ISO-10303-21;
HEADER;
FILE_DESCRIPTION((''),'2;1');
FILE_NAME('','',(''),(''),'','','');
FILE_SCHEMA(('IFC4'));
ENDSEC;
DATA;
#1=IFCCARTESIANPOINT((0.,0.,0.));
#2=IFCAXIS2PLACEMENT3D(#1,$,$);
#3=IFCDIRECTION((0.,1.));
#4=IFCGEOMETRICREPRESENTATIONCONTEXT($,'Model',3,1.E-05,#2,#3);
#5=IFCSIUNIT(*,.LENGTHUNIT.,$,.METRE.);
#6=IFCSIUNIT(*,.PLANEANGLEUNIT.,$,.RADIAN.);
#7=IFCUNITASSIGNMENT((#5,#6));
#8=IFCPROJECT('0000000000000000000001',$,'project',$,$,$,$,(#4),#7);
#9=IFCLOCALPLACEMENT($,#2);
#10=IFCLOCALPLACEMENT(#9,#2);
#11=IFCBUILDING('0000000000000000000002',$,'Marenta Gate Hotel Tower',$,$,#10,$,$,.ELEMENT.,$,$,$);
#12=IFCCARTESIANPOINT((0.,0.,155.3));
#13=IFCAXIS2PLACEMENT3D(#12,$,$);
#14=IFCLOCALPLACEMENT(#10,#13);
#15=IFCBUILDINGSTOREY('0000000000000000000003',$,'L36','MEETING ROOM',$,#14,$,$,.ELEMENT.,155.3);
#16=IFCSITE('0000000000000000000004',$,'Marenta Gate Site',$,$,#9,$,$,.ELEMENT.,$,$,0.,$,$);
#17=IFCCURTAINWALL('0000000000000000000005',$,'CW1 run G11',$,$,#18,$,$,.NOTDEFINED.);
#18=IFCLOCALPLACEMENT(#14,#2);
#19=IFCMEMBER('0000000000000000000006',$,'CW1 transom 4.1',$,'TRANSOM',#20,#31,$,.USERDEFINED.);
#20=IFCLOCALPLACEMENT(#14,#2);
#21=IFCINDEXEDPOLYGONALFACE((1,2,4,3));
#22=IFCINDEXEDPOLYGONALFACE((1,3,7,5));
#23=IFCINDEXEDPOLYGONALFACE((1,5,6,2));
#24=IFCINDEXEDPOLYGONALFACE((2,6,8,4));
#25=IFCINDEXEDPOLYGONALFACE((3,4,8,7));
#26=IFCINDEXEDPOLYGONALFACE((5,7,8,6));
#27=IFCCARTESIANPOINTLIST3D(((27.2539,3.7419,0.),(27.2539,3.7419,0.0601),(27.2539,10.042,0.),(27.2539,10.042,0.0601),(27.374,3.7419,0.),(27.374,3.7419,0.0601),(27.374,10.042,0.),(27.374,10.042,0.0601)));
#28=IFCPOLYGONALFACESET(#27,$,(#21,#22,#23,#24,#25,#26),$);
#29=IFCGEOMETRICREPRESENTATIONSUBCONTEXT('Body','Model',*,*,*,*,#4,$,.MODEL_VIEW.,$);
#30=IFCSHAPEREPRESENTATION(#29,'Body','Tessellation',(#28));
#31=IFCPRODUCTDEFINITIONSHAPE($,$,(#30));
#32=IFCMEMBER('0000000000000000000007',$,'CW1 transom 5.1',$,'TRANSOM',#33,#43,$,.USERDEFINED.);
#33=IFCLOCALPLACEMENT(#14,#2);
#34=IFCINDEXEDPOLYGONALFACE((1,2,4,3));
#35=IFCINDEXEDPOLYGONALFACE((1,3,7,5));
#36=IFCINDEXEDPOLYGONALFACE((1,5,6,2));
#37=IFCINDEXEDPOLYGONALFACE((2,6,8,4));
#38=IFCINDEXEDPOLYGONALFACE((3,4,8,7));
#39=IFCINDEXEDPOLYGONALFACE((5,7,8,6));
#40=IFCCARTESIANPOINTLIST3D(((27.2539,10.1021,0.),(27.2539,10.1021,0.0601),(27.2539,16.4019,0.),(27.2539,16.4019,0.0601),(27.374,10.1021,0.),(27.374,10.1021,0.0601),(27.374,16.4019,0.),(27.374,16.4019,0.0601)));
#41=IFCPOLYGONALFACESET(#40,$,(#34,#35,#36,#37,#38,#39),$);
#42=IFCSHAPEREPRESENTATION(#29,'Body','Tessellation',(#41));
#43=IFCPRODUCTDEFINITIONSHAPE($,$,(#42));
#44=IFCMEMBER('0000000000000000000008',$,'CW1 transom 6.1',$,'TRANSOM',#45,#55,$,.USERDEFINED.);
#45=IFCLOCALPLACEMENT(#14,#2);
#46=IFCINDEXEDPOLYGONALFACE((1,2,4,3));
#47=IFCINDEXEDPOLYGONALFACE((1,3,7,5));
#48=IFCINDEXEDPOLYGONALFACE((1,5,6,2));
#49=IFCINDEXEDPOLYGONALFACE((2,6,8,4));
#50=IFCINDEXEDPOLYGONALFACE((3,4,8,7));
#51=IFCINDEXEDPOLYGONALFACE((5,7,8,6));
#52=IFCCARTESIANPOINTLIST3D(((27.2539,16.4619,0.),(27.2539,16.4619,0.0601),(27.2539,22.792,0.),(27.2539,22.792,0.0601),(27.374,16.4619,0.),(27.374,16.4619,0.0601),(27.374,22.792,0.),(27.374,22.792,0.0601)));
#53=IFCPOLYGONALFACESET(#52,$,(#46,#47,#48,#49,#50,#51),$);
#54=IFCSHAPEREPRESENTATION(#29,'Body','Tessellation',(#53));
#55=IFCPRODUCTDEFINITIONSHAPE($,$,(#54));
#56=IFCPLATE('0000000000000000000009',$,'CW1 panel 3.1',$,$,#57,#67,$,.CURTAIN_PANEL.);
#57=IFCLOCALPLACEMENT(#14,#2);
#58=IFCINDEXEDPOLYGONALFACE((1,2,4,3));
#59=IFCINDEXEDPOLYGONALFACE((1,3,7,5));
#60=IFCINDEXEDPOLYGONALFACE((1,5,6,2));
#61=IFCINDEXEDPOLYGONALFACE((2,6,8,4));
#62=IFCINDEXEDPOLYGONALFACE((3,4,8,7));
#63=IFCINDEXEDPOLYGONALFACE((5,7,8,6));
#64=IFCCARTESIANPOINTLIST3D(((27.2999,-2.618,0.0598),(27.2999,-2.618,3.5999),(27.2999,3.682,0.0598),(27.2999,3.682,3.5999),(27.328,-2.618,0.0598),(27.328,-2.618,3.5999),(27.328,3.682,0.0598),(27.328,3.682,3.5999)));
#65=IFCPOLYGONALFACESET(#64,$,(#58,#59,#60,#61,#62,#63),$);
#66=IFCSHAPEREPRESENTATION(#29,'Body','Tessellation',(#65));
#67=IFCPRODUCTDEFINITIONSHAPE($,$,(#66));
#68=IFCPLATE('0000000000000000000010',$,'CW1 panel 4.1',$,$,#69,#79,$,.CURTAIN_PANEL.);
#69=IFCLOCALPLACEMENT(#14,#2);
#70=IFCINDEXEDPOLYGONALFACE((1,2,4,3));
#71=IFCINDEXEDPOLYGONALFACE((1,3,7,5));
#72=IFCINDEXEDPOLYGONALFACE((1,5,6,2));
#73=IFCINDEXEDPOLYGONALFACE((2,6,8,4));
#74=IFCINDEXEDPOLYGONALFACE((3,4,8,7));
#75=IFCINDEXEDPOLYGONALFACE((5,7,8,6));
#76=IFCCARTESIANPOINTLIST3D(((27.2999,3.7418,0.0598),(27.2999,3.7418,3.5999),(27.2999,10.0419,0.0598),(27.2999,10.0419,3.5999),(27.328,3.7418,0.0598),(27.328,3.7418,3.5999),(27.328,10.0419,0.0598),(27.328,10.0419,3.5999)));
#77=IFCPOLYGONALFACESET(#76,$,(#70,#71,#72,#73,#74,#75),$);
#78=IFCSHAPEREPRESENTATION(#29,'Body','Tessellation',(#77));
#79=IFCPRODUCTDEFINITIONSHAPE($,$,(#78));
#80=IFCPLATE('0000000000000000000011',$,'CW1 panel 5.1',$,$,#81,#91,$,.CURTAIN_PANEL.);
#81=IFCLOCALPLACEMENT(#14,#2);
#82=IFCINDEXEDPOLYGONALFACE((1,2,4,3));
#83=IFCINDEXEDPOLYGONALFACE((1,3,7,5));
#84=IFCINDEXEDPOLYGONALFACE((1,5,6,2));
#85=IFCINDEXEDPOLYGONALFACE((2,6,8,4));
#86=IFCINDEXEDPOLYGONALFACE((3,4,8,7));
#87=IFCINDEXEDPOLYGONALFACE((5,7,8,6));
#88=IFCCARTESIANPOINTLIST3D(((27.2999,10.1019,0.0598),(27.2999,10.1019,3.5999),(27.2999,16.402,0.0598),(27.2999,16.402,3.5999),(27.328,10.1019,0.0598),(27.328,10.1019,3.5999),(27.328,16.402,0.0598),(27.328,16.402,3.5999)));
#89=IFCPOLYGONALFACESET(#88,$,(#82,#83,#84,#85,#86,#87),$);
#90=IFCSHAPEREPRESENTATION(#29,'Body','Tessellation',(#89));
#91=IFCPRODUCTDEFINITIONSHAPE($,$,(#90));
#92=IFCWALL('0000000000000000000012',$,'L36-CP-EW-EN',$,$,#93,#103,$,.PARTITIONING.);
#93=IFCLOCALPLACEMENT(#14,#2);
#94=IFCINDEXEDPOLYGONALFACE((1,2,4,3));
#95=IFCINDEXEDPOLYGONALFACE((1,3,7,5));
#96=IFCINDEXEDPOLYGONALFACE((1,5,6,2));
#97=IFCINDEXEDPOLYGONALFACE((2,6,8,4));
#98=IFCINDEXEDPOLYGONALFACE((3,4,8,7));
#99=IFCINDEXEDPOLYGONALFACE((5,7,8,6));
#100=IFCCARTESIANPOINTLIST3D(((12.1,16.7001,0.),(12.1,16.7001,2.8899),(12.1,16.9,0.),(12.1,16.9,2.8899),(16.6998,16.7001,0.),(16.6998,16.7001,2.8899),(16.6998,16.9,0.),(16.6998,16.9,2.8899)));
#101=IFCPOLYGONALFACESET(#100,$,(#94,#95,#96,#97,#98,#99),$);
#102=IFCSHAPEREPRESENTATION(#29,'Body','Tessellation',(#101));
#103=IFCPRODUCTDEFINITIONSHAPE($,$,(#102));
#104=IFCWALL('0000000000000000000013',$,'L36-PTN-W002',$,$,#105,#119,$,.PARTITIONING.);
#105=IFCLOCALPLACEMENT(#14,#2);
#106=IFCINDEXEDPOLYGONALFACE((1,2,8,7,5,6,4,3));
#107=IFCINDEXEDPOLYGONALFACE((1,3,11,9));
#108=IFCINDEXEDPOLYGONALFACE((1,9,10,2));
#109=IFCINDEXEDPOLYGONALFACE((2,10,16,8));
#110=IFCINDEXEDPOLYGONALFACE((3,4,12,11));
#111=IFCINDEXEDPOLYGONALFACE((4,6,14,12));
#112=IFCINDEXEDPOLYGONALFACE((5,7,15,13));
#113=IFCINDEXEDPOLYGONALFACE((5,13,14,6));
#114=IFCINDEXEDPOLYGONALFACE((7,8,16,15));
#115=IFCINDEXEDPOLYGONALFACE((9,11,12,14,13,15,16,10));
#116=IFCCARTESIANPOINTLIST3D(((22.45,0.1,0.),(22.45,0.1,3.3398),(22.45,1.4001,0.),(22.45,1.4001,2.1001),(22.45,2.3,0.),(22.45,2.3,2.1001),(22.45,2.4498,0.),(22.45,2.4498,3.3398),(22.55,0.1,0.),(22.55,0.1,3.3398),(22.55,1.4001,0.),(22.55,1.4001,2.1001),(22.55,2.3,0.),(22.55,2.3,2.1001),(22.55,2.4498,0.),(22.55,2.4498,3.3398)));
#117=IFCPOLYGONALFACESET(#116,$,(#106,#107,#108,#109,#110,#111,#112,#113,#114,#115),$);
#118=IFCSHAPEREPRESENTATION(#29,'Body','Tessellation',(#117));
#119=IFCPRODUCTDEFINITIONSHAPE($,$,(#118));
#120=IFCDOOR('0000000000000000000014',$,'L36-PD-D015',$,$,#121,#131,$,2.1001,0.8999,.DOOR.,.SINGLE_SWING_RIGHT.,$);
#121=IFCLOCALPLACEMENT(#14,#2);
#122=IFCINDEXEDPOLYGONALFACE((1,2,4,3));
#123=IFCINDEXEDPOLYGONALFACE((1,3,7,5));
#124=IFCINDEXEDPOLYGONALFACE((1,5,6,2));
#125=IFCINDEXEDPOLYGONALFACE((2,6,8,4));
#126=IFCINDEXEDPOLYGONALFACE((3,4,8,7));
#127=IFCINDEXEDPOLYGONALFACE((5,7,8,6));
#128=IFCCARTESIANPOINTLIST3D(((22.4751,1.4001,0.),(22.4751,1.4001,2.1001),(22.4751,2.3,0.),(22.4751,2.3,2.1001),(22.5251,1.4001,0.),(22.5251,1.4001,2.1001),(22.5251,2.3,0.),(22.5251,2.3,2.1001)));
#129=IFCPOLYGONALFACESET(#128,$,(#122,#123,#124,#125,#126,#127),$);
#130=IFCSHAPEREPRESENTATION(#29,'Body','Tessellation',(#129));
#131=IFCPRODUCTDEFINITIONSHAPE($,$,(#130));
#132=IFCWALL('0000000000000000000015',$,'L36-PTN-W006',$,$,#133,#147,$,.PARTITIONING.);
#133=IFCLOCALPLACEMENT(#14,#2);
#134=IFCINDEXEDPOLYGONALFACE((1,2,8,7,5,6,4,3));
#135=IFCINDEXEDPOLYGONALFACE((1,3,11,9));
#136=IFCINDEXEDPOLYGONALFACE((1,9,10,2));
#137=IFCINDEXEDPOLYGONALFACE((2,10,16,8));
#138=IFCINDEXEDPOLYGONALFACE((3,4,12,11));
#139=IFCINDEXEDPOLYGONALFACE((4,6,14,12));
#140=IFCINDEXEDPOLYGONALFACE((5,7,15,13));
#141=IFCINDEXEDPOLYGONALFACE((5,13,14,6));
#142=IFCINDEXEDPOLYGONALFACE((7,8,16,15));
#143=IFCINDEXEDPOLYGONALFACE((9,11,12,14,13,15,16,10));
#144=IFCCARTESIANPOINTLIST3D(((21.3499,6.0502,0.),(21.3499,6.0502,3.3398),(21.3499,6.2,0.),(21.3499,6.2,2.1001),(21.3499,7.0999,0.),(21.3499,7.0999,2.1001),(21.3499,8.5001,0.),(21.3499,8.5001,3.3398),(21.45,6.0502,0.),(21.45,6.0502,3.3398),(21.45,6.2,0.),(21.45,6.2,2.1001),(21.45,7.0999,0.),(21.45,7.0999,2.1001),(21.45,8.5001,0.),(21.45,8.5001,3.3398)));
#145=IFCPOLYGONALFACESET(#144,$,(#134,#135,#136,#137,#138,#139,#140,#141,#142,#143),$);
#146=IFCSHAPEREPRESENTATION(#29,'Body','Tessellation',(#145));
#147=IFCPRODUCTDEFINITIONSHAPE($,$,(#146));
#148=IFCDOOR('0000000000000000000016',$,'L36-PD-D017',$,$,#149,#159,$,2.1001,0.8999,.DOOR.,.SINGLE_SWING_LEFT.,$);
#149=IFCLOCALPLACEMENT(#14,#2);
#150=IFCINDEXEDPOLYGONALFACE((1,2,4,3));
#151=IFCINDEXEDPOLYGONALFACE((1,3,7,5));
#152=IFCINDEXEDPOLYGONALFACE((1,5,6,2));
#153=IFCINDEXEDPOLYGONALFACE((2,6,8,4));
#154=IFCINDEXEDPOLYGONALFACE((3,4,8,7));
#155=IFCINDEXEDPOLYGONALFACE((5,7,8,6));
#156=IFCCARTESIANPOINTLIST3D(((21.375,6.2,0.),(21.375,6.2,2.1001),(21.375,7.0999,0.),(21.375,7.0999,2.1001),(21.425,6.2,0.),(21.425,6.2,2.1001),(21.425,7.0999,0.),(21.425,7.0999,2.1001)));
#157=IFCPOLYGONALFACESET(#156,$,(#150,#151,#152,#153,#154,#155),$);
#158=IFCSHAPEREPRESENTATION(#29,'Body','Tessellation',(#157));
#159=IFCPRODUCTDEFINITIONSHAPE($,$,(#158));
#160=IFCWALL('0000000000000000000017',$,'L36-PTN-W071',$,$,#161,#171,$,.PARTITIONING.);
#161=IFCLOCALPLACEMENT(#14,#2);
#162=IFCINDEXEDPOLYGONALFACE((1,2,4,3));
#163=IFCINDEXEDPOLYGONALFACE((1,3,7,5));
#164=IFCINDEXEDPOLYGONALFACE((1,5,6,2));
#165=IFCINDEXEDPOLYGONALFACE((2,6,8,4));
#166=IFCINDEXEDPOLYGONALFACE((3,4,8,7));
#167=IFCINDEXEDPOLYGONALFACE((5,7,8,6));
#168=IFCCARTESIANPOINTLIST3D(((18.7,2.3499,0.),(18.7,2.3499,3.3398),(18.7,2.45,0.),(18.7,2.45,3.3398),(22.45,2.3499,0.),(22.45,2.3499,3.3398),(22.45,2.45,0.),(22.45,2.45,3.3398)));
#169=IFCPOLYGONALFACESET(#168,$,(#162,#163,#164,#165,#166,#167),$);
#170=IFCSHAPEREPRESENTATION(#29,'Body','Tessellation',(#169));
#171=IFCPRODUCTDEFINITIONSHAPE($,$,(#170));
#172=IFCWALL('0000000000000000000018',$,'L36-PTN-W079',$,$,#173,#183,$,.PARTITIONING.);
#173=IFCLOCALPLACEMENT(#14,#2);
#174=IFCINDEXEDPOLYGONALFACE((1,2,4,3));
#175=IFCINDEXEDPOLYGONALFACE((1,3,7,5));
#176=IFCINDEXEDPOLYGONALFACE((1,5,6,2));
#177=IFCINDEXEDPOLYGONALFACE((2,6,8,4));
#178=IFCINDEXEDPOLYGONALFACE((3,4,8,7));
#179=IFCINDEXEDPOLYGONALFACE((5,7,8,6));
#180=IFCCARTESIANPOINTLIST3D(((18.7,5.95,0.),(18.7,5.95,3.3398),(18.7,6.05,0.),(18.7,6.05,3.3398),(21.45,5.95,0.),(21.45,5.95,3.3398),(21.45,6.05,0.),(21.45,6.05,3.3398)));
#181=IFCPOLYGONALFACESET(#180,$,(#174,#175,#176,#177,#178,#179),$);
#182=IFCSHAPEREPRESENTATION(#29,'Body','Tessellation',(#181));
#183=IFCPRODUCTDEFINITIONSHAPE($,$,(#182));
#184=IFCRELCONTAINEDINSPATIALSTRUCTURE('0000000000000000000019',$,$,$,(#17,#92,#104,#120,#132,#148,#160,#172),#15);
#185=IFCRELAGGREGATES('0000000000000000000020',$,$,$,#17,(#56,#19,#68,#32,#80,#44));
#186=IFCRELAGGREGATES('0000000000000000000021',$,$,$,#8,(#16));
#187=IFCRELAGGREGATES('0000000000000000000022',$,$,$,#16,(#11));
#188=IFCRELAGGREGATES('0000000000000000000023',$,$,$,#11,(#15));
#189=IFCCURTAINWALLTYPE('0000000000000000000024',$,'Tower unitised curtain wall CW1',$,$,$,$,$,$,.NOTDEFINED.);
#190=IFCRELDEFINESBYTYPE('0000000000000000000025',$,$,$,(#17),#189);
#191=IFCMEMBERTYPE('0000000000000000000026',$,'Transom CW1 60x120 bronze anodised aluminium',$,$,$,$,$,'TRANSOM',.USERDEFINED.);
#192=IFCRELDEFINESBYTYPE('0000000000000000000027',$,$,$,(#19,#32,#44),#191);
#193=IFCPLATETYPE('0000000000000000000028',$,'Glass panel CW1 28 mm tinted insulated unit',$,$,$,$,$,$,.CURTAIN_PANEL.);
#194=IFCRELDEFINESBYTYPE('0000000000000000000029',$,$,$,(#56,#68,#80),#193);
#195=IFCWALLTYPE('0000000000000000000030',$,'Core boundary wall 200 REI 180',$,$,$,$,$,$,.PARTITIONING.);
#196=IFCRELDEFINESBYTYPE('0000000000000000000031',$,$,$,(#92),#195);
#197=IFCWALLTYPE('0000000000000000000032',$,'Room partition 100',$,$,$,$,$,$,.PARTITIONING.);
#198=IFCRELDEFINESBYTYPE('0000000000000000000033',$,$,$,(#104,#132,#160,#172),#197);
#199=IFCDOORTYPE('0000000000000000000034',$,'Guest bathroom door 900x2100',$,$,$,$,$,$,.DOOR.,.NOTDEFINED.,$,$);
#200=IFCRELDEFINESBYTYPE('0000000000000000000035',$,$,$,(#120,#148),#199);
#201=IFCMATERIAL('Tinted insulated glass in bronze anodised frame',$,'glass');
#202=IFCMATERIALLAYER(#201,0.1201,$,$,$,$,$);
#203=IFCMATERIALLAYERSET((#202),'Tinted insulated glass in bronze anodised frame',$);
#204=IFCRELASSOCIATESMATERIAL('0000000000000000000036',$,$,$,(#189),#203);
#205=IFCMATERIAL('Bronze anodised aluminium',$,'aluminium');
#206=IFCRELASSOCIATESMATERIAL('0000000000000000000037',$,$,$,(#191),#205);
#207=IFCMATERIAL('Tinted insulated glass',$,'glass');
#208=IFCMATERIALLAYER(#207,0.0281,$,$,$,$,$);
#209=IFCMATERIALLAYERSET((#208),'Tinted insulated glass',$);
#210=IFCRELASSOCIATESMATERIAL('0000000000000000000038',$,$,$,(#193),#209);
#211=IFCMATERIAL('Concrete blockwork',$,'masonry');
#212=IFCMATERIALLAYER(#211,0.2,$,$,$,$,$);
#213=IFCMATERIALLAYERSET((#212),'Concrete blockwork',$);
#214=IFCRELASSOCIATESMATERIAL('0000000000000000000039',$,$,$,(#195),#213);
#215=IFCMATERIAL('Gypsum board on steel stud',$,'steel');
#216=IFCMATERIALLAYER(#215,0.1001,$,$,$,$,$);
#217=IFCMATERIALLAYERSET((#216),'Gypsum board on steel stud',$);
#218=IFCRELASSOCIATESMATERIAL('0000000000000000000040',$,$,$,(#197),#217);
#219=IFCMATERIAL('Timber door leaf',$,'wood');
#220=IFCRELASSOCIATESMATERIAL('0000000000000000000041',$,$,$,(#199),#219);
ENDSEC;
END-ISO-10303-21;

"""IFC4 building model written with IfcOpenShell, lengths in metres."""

from ifc_helpers import new_model, si_unit, direction, frame, frame_2d, origin, origin_2d, place, context, subcontext, project, spatial, rectangle, extrude, material, layer, layer_set, material_profile, profile_set, type_object, element, fill, aggregate, save


model = new_model("IFC4")

# Units and contexts
model_context = context("Model", 3, precision=1e-05, world=origin(), true_north=direction((0.0, 1.0)))
body_context = subcontext(model_context, "Body", "Model", "MODEL_VIEW")
ifc_project = project(units=[si_unit("LENGTHUNIT", "METRE"), si_unit("PLANEANGLEUNIT", "RADIAN")], contexts=[model_context])

# Site, building, storey
site_placement = place(None, origin())
site = spatial("IfcSite", under=ifc_project, at=site_placement, Name="Marenta Gate Site", CompositionType="ELEMENT", RefElevation=0.0)
building_placement = place(site_placement, origin())
building = spatial("IfcBuilding", under=site, at=building_placement, Name="Marenta Gate Hotel Tower", CompositionType="ELEMENT")
storey_placement = place(building_placement, frame((0.0, 0.0, 155.3)))
storey = spatial("IfcBuildingStorey", under=building, at=storey_placement, Name="L36", Description="MEETING ROOM", CompositionType="ELEMENT", Elevation=155.3)

# Curtain wall, members, plates
ifc_material_1 = material(Name="Tinted insulated glass in bronze anodised frame", Category="glass")
ifc_layer_1 = layer(ifc_material_1, 0.1201)
ifc_layer_set_1 = layer_set([ifc_layer_1], Name="Tinted insulated glass in bronze anodised frame")
curtain_wall_type = type_object("IfcCurtainWallType", Name="Tower unitised curtain wall CW1", PredefinedType="NOTDEFINED", material=ifc_layer_set_1)
curtain_wall_placement = place(storey_placement, origin())
curtain_wall = element("IfcCurtainWall", 1, at=curtain_wall_placement, inside=storey, type_object=curtain_wall_type, Name="CW1 run G11", PredefinedType="NOTDEFINED")
ifc_material_2 = material(Name="Bronze anodised aluminium", Category="aluminium")
ifc_material_profile_1 = material_profile(ifc_material_2, rectangle(XDim=0.1201, YDim=0.0601, at=origin_2d()), Name="Transom CW1 60x120 bronze anodised aluminium")
ifc_profile_set_1 = profile_set([ifc_material_profile_1], Name="Bronze anodised aluminium")
member_type_1 = type_object("IfcMemberType", Name="Transom CW1 60x120 bronze anodised aluminium", ElementType="TRANSOM", PredefinedType="USERDEFINED", material=ifc_profile_set_1)
member_1_placement = place(storey_placement, frame((27.314, 3.7419, 0.03), z_axis=(0.0, 1.0, 0.0), x_axis=(-1.0, 0.0, 0.0)))
member_1 = element("IfcMember", 2, at=member_1_placement, type_object=member_type_1, Name="CW1 transom 4.1", ObjectType="TRANSOM", PredefinedType="USERDEFINED", context=body_context, shape_type="SweptSolid", body=[
    extrude(rectangle(XDim=0.1201, YDim=0.0601, at=origin_2d()), origin(), (0.0, 0.0, 1.0), 6.3),
])
member_2_placement = place(storey_placement, frame((27.314, 10.1021, 0.03), z_axis=(0.0, 1.0, 0.0), x_axis=(-1.0, 0.0, 0.0)))
member_2 = element("IfcMember", 3, at=member_2_placement, type_object=member_type_1, Name="CW1 transom 5.1", ObjectType="TRANSOM", PredefinedType="USERDEFINED", context=body_context, shape_type="SweptSolid", body=[
    extrude(rectangle(XDim=0.1201, YDim=0.0601, at=origin_2d()), origin(), (0.0, 0.0, 1.0), 6.2998),
])
member_3_placement = place(storey_placement, frame((27.314, 16.4619, 0.03), z_axis=(0.0, 1.0, 0.0), x_axis=(-1.0, 0.0, 0.0)))
member_3 = element("IfcMember", 4, at=member_3_placement, type_object=member_type_1, Name="CW1 transom 6.1", ObjectType="TRANSOM", PredefinedType="USERDEFINED", context=body_context, shape_type="SweptSolid", body=[
    extrude(rectangle(XDim=0.1201, YDim=0.0601, at=origin_2d()), origin(), (0.0, 0.0, 1.0), 6.3301),
])
ifc_material_3 = material(Name="Tinted insulated glass", Category="glass")
ifc_layer_2 = layer(ifc_material_3, 0.0281)
ifc_layer_set_2 = layer_set([ifc_layer_2], Name="Tinted insulated glass")
plate_type = type_object("IfcPlateType", Name="Glass panel CW1 28 mm tinted insulated unit", PredefinedType="CURTAIN_PANEL", material=ifc_layer_set_2)
plate_1_placement = place(storey_placement, frame((27.314, 0.532, 0.0598), z_axis=(0.0, 0.0, 1.0), x_axis=(0.0, 1.0, 0.0)))
plate_1 = element("IfcPlate", 5, at=plate_1_placement, type_object=plate_type, Name="CW1 panel 3.1", PredefinedType="CURTAIN_PANEL", context=body_context, shape_type="SweptSolid", body=[
    extrude(rectangle(XDim=6.3, YDim=0.0281, at=origin_2d()), origin(), (0.0, 0.0, 1.0), 3.54),
])
plate_2_placement = place(storey_placement, frame((27.314, 6.8918, 0.0598), z_axis=(0.0, 0.0, 1.0), x_axis=(0.0, 1.0, 0.0)))
plate_2 = element("IfcPlate", 6, at=plate_2_placement, type_object=plate_type, Name="CW1 panel 4.1", PredefinedType="CURTAIN_PANEL", context=body_context, shape_type="SweptSolid", body=[
    extrude(rectangle(XDim=6.3, YDim=0.0281, at=origin_2d()), origin(), (0.0, 0.0, 1.0), 3.54),
])
plate_3_placement = place(storey_placement, frame((27.314, 13.252, 0.0598), z_axis=(0.0, 0.0, 1.0), x_axis=(0.0, 1.0, 0.0)))
plate_3 = element("IfcPlate", 7, at=plate_3_placement, type_object=plate_type, Name="CW1 panel 5.1", PredefinedType="CURTAIN_PANEL", context=body_context, shape_type="SweptSolid", body=[
    extrude(rectangle(XDim=6.3, YDim=0.0281, at=origin_2d()), origin(), (0.0, 0.0, 1.0), 3.54),
])
aggregate(curtain_wall, [plate_1, member_1, plate_2, member_2, plate_3, member_3])

# Wall
ifc_material_4 = material(Name="Concrete blockwork", Category="masonry")
ifc_layer_3 = layer(ifc_material_4, 0.2)
ifc_layer_set_3 = layer_set([ifc_layer_3], Name="Concrete blockwork")
wall_type_1 = type_object("IfcWallType", Name="Core boundary wall 200 REI 180", PredefinedType="PARTITIONING", material=ifc_layer_set_3)
wall_1_placement = place(storey_placement, frame((12.1001, 16.8, 0.0), z_axis=(0.0, 0.0, 1.0), x_axis=(1.0, 0.0, 0.0)))
element("IfcWall", 8, at=wall_1_placement, inside=storey, type_object=wall_type_1, Name="L36-CP-EW-EN", PredefinedType="PARTITIONING", context=body_context, shape_type="SweptSolid", body=[
    extrude(rectangle(XDim=4.5999, YDim=0.2, at=frame_2d((2.2998, 0.0))), origin(), (0.0, 0.0, 1.0), 2.8899),
])

# Walls, openings, doors
ifc_material_5 = material(Name="Gypsum board on steel stud", Category="steel")
ifc_layer_4 = layer(ifc_material_5, 0.1001)
ifc_layer_set_4 = layer_set([ifc_layer_4], Name="Gypsum board on steel stud")
wall_type_2 = type_object("IfcWallType", Name="Room partition 100", PredefinedType="PARTITIONING", material=ifc_layer_set_4)
wall_2_placement = place(storey_placement, frame((22.5, 0.1001, 0.0), z_axis=(0.0, 0.0, 1.0), x_axis=(0.0, 1.0, 0.0)))
wall_2 = element("IfcWall", 9, at=wall_2_placement, inside=storey, type_object=wall_type_2, Name="L36-PTN-W002", PredefinedType="PARTITIONING", context=body_context, shape_type="SweptSolid", body=[
    extrude(rectangle(XDim=2.3499, YDim=0.1001, at=frame_2d((1.1748, 0.0))), origin(), (0.0, 0.0, 1.0), 3.3398),
])
opening_1_placement = place(wall_2_placement, frame((1.3, 0.0, 0.0)))
opening_1 = element("IfcOpeningElement", 10, at=opening_1_placement, cuts=wall_2, PredefinedType="OPENING", context=body_context, shape_type="SweptSolid", body=[
    extrude(rectangle(XDim=0.8999, YDim=2.1001, at=frame_2d((0.45, 1.05))), frame((0.0, 0.05, 0.0), z_axis=(0.0, -1.0, 0.0), x_axis=(1.0, 0.0, 0.0)), (0.0, 0.0, 1.0), 0.1001),
])
ifc_material_6 = material(Name="Timber door leaf", Category="wood")
door_type = type_object("IfcDoorType", Name="Guest bathroom door 900x2100", OperationType="NOTDEFINED", PredefinedType="DOOR", material=ifc_material_6)
door_1_placement = place(opening_1_placement, origin())
door_1 = element("IfcDoor", 11, at=door_1_placement, inside=storey, type_object=door_type, Name="L36-PD-D015", OperationType="SINGLE_SWING_RIGHT", OverallHeight=2.1001, OverallWidth=0.8999, PredefinedType="DOOR", context=body_context, shape_type="SweptSolid", body=[
    extrude(rectangle(XDim=0.8999, YDim=2.1001, at=frame_2d((0.45, 1.05))), frame((0.0, 0.0249, 0.0), z_axis=(0.0, -1.0, 0.0), x_axis=(1.0, 0.0, 0.0)), (0.0, 0.0, 1.0), 0.05),
])
fill(opening_1, door_1)
wall_3_placement = place(storey_placement, frame((21.3999, 6.05, 0.0), z_axis=(0.0, 0.0, 1.0), x_axis=(0.0, 1.0, 0.0)))
wall_3 = element("IfcWall", 12, at=wall_3_placement, inside=storey, type_object=wall_type_2, Name="L36-PTN-W006", PredefinedType="PARTITIONING", context=body_context, shape_type="SweptSolid", body=[
    extrude(rectangle(XDim=2.45, YDim=0.1001, at=frame_2d((1.2251, 0.0))), origin(), (0.0, 0.0, 1.0), 3.3398),
])
opening_2_placement = place(wall_3_placement, frame((0.1499, 0.0, 0.0)))
opening_2 = element("IfcOpeningElement", 13, at=opening_2_placement, cuts=wall_3, PredefinedType="OPENING", context=body_context, shape_type="SweptSolid", body=[
    extrude(rectangle(XDim=0.8999, YDim=2.1001, at=frame_2d((0.45, 1.05))), frame((0.0, 0.05, 0.0), z_axis=(0.0, -1.0, 0.0), x_axis=(1.0, 0.0, 0.0)), (0.0, 0.0, 1.0), 0.1001),
])
door_2_placement = place(opening_2_placement, origin())
door_2 = element("IfcDoor", 14, at=door_2_placement, inside=storey, type_object=door_type, Name="L36-PD-D017", OperationType="SINGLE_SWING_LEFT", OverallHeight=2.1001, OverallWidth=0.8999, PredefinedType="DOOR", context=body_context, shape_type="SweptSolid", body=[
    extrude(rectangle(XDim=0.8999, YDim=2.1001, at=frame_2d((0.45, 1.05))), frame((0.0, 0.0249, 0.0), z_axis=(0.0, -1.0, 0.0), x_axis=(1.0, 0.0, 0.0)), (0.0, 0.0, 1.0), 0.05),
])
fill(opening_2, door_2)

# Walls
wall_4_placement = place(storey_placement, frame((18.7, 2.3999, 0.0), z_axis=(0.0, 0.0, 1.0), x_axis=(1.0, 0.0, 0.0)))
element("IfcWall", 15, at=wall_4_placement, inside=storey, type_object=wall_type_2, Name="L36-PTN-W071", PredefinedType="PARTITIONING", context=body_context, shape_type="SweptSolid", body=[
    extrude(rectangle(XDim=3.75, YDim=0.1001, at=frame_2d((1.875, 0.0))), origin(), (0.0, 0.0, 1.0), 3.3398),
])
wall_5_placement = place(storey_placement, frame((18.7, 6.0, 0.0), z_axis=(0.0, 0.0, 1.0), x_axis=(1.0, 0.0, 0.0)))
element("IfcWall", 16, at=wall_5_placement, inside=storey, type_object=wall_type_2, Name="L36-PTN-W079", PredefinedType="PARTITIONING", context=body_context, shape_type="SweptSolid", body=[
    extrude(rectangle(XDim=2.75, YDim=0.1001, at=frame_2d((1.375, 0.0))), origin(), (0.0, 0.0, 1.0), 3.3398),
])

save(model, "model.ifc")
